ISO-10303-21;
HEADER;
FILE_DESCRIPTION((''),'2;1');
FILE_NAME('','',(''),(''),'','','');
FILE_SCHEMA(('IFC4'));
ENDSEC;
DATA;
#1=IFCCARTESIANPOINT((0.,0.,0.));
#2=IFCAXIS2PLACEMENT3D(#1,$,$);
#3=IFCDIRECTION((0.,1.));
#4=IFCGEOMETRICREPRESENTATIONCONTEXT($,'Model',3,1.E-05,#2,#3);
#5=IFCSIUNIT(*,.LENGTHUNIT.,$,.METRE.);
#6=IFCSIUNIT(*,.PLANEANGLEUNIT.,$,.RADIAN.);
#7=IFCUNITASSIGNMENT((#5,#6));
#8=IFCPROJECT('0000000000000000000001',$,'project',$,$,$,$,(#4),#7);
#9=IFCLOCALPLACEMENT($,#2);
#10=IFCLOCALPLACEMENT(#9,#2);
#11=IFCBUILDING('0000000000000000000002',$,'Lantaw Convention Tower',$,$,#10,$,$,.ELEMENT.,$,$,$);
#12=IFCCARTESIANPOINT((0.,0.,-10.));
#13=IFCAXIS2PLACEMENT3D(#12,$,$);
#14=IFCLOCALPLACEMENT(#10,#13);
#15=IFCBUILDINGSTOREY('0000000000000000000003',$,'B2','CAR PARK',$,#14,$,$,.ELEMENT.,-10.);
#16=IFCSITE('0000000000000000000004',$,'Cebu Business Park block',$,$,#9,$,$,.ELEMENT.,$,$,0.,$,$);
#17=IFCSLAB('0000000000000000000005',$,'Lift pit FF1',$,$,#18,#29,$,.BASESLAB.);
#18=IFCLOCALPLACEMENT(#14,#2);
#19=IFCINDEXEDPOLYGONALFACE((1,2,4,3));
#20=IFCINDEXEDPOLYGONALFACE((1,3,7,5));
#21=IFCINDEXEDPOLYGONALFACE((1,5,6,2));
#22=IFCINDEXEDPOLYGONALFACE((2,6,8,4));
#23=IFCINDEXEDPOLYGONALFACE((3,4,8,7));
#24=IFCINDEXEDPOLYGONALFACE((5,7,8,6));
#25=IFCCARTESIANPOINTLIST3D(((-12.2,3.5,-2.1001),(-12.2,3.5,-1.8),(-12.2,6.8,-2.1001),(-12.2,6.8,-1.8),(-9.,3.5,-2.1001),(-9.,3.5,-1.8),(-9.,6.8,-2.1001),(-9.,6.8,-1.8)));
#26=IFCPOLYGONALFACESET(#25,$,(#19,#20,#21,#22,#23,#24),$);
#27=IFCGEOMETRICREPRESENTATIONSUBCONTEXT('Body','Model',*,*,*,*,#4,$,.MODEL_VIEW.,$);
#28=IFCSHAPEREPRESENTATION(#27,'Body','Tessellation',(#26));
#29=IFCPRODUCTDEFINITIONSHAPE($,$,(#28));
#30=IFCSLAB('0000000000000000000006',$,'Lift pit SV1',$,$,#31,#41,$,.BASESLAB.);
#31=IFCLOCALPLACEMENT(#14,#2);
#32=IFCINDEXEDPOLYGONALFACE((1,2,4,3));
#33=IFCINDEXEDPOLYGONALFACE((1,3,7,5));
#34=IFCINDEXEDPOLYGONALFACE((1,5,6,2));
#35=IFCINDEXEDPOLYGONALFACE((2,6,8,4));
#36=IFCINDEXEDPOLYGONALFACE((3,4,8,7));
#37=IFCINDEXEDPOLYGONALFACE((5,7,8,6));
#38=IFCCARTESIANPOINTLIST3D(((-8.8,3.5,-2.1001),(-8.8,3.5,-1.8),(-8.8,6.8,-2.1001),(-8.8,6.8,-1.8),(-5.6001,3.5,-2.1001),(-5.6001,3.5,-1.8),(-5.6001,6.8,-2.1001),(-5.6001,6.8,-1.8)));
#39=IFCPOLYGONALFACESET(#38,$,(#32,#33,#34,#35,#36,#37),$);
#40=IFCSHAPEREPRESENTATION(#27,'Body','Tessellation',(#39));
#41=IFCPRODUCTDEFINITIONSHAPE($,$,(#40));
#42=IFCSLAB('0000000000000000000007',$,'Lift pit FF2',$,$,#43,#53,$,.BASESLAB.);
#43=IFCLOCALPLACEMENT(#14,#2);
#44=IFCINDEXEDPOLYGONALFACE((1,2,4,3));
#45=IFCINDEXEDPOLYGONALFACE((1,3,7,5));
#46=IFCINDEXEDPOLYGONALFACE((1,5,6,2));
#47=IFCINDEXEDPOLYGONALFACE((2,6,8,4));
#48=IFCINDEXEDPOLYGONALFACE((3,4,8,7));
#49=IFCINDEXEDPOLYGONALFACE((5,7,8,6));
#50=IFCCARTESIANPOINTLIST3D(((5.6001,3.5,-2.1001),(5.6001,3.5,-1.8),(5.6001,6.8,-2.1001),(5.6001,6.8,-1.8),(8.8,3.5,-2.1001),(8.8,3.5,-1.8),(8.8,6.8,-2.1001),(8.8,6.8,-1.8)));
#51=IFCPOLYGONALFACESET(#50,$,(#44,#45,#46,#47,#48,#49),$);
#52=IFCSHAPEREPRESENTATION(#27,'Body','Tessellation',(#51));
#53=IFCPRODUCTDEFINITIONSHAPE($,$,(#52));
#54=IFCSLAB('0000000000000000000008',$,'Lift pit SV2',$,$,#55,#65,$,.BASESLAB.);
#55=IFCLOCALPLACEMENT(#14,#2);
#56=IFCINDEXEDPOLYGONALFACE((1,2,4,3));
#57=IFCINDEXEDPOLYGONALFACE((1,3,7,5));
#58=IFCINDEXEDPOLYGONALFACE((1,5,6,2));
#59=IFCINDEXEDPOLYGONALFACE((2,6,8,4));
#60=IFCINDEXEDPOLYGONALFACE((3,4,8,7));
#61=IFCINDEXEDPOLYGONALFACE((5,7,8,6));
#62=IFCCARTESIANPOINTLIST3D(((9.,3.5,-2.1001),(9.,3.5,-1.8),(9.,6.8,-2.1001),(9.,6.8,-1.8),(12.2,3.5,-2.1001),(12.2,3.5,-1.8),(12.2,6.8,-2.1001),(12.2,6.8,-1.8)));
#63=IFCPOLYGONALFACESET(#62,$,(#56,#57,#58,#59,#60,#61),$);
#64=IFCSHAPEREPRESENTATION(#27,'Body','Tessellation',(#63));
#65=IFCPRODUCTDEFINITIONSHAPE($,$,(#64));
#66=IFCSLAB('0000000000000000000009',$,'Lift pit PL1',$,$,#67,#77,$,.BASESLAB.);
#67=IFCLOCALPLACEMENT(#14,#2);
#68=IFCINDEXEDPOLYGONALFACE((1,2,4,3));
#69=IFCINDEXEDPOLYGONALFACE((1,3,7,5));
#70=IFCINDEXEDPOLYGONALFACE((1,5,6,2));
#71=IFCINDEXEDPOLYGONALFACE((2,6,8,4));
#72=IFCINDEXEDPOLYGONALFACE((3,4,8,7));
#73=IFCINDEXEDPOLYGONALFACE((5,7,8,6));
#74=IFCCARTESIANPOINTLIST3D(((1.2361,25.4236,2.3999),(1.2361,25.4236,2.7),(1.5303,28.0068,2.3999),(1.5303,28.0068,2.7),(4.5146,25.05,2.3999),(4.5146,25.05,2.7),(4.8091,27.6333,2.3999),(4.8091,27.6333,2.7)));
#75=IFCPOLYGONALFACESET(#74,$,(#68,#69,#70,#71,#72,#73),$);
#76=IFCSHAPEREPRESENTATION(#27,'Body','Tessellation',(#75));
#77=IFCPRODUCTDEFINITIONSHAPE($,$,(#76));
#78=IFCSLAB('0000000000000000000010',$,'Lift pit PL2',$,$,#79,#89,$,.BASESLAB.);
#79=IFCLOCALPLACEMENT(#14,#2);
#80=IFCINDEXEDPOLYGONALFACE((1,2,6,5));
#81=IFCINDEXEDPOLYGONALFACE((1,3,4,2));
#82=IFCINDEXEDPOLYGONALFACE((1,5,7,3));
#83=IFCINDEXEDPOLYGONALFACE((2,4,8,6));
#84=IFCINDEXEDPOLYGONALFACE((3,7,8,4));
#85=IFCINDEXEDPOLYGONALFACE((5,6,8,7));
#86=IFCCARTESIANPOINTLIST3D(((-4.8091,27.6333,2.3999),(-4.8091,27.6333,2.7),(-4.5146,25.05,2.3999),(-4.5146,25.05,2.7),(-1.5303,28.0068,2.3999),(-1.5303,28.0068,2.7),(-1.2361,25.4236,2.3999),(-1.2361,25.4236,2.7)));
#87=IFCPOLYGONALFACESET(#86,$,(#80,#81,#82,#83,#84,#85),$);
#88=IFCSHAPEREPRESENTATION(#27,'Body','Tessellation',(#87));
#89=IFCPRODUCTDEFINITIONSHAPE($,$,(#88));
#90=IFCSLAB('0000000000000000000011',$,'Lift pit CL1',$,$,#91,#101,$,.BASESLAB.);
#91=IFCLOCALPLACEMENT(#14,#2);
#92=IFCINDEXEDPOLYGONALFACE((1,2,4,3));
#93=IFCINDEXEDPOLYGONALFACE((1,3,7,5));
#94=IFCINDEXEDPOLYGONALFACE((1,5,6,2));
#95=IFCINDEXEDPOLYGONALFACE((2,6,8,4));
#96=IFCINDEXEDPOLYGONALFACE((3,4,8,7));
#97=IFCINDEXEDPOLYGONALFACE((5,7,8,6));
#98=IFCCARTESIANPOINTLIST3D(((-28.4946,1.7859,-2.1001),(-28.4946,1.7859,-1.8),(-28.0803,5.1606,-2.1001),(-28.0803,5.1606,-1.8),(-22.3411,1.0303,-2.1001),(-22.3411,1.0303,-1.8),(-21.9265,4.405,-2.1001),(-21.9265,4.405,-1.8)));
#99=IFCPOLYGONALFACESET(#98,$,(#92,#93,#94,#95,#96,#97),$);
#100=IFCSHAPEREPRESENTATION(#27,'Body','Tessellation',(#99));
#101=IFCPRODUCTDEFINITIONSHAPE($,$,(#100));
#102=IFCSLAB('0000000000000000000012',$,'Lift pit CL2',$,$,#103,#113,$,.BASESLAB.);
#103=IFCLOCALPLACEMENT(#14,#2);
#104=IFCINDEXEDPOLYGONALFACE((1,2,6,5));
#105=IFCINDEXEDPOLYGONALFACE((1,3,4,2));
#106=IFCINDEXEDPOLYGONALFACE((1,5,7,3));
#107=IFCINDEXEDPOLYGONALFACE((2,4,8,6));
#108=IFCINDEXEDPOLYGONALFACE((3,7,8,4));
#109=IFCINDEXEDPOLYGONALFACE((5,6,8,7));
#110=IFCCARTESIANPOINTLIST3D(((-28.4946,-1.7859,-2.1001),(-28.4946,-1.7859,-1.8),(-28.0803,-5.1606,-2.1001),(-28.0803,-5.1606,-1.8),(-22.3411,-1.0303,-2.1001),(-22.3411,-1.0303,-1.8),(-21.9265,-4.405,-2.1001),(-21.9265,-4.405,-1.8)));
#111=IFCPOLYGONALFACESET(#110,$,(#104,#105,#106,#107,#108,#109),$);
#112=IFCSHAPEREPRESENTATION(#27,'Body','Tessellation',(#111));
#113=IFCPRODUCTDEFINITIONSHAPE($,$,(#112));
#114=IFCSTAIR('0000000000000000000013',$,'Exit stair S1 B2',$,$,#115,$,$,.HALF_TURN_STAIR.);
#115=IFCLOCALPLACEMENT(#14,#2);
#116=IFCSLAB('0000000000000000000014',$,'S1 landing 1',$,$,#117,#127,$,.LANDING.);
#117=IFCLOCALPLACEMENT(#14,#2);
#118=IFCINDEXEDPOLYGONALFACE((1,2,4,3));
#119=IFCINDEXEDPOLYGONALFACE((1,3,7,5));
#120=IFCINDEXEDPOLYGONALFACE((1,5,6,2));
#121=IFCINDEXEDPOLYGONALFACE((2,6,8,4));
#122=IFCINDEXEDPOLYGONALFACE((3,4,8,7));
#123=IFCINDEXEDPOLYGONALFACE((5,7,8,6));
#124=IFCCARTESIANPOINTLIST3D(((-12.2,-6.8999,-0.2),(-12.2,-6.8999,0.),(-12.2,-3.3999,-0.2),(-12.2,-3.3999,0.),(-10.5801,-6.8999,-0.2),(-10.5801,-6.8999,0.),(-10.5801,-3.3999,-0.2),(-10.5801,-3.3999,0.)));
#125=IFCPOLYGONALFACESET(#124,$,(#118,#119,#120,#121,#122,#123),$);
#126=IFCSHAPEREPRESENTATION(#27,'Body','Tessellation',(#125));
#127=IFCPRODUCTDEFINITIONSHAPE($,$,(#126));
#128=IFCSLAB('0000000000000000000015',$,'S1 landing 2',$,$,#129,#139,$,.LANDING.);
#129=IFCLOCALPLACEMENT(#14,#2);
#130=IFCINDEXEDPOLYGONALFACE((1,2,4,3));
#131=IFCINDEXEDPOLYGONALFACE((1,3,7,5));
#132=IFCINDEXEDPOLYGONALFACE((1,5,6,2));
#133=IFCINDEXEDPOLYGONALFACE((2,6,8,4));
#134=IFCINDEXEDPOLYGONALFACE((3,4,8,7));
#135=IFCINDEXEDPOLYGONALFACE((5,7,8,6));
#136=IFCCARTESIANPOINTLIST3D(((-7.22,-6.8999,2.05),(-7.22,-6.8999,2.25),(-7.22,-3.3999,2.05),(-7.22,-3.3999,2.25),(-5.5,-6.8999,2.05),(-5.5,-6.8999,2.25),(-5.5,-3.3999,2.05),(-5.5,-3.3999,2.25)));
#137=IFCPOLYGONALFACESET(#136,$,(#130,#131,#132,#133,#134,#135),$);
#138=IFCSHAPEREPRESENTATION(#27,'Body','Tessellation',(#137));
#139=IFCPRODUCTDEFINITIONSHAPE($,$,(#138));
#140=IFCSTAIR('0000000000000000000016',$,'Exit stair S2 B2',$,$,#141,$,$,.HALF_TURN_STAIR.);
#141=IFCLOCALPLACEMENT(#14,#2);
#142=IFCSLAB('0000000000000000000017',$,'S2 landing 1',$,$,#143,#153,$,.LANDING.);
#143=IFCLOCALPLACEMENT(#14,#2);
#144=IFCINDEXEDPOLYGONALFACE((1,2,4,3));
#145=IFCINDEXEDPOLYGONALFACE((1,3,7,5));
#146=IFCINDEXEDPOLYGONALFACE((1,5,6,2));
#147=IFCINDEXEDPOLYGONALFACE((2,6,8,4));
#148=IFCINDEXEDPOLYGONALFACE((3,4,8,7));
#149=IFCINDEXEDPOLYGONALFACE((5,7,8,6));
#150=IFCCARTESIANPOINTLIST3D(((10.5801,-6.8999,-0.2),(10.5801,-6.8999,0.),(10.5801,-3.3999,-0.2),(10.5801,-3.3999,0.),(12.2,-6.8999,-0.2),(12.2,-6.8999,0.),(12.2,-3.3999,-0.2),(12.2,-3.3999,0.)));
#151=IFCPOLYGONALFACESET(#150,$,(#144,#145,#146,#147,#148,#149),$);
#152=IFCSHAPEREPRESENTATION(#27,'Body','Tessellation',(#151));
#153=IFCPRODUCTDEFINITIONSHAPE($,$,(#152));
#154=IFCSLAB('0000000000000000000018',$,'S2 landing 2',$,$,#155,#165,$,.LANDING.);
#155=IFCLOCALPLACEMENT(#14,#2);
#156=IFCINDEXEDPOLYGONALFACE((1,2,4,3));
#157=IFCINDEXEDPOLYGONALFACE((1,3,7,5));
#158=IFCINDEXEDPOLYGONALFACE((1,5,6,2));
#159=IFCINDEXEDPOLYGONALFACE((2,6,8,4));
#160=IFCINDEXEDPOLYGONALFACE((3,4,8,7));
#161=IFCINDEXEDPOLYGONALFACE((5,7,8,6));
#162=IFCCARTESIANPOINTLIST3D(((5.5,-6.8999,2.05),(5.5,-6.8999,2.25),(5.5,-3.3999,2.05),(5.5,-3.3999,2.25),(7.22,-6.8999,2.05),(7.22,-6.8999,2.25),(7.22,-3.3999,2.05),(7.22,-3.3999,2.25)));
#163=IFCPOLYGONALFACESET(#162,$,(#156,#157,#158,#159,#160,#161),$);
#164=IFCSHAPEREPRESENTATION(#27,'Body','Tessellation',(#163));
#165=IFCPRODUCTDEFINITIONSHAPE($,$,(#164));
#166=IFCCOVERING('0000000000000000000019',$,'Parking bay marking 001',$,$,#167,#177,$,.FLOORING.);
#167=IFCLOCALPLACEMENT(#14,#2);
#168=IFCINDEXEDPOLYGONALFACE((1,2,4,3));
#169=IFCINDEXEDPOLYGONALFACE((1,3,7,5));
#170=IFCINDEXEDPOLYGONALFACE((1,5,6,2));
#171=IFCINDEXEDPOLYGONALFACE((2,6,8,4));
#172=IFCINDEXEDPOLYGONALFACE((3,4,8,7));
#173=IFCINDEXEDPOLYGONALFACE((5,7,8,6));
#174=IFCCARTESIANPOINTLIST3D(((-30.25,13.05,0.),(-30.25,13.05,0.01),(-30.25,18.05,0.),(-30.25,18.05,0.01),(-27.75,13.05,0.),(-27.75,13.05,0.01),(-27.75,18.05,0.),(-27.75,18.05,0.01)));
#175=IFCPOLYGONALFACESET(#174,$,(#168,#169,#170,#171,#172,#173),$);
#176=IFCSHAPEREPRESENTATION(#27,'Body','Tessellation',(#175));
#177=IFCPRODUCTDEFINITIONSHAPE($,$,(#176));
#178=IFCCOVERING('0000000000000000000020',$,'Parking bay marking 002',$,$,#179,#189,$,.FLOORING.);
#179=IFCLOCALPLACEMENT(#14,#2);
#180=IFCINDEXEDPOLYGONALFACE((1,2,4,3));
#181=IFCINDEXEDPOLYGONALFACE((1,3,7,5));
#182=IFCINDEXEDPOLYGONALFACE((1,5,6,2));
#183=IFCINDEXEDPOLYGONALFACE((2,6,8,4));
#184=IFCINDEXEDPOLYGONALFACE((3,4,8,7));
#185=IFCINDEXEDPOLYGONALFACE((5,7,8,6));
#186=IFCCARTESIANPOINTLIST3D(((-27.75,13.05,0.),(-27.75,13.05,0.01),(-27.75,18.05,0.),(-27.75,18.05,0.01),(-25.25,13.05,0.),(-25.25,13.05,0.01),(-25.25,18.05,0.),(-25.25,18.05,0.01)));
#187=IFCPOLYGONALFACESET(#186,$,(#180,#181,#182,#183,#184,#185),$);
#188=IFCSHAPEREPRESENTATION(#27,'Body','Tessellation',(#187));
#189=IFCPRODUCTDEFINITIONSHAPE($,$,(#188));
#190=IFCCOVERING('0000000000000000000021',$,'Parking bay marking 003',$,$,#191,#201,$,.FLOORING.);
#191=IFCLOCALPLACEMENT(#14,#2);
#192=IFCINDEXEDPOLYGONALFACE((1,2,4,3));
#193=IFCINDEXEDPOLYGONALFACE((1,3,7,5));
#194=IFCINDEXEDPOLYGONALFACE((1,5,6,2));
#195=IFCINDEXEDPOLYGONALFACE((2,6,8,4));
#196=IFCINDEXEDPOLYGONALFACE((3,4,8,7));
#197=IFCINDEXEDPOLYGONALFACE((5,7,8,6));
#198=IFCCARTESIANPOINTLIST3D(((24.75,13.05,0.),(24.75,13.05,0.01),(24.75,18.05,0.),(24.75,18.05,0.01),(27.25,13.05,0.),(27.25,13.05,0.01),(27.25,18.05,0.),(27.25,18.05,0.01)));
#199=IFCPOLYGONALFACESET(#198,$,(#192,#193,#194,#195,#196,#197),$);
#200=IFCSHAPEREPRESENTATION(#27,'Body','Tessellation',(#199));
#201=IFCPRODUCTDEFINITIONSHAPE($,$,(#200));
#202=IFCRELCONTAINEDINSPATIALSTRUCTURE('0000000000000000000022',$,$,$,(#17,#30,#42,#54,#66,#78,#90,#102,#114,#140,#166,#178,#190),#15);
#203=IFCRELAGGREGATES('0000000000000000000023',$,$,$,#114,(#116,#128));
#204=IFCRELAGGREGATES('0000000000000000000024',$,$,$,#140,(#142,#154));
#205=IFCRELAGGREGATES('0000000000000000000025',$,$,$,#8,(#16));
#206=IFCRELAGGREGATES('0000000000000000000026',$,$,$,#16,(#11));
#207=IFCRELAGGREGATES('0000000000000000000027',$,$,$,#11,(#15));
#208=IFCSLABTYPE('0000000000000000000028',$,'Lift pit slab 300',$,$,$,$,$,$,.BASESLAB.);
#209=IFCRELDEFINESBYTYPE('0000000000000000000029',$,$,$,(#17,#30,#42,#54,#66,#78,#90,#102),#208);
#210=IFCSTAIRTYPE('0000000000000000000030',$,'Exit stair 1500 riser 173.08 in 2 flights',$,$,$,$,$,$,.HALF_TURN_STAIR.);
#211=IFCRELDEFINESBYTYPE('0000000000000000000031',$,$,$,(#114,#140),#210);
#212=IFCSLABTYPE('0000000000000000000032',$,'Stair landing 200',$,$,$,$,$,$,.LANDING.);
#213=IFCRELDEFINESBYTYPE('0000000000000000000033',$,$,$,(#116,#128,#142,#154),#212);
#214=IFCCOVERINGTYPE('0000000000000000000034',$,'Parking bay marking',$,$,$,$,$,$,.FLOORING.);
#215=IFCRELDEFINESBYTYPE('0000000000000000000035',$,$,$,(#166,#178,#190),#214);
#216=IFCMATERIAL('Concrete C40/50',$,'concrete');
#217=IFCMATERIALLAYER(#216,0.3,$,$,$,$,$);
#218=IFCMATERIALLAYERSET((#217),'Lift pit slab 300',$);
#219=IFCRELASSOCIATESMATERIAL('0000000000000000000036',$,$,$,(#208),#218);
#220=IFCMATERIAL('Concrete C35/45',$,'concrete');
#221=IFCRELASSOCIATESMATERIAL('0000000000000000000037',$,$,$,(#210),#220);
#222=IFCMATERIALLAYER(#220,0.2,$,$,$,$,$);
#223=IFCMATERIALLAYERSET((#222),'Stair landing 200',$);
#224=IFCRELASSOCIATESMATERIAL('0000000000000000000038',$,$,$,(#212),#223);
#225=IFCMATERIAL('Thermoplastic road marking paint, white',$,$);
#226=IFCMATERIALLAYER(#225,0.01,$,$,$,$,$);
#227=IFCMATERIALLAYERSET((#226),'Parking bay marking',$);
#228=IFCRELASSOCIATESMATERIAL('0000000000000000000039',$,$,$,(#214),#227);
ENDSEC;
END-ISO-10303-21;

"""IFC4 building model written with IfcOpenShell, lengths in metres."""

from ifc_helpers import new_model, si_unit, direction, frame, origin, place, context, subcontext, project, spatial, polyline, outline, extrude, material, layer, layer_set, type_object, element, aggregate, save


model = new_model("IFC4")

# Units and contexts
model_context = context("Model", 3, precision=1e-05, world=origin(), true_north=direction((0.0, 1.0)))
body_context = subcontext(model_context, "Body", "Model", "MODEL_VIEW")
ifc_project = project(units=[si_unit("LENGTHUNIT", "METRE"), si_unit("PLANEANGLEUNIT", "RADIAN")], contexts=[model_context])

# Site, building, storey
site_placement = place(None, origin())
site = spatial("IfcSite", under=ifc_project, at=site_placement, Name="Cebu Business Park block", CompositionType="ELEMENT", RefElevation=0.0)
building_placement = place(site_placement, origin())
building = spatial("IfcBuilding", under=site, at=building_placement, Name="Lantaw Convention Tower", CompositionType="ELEMENT")
storey_placement = place(building_placement, frame((0.0, 0.0, -10.0)))
storey = spatial("IfcBuildingStorey", under=building, at=storey_placement, Name="B2", Description="CAR PARK", CompositionType="ELEMENT", Elevation=-10.0)

# Slabs
ifc_material_1 = material(Name="Concrete C40/50", Category="concrete")
ifc_layer_1 = layer(ifc_material_1, 0.3)
ifc_layer_set_1 = layer_set([ifc_layer_1], Name="Lift pit slab 300")
slab_type_1 = type_object("IfcSlabType", Name="Lift pit slab 300", PredefinedType="BASESLAB", material=ifc_layer_set_1)
slab_1_placement = place(storey_placement, frame((0.0, 0.0, -2.1001)))
element("IfcSlab", 1, at=slab_1_placement, inside=storey, type_object=slab_type_1, Name="Lift pit FF1", PredefinedType="BASESLAB", context=body_context, shape_type="SweptSolid", body=[
    extrude(outline(polyline([(-12.2, 3.5), (-9.0, 3.5), (-9.0, 6.8), (-12.2, 6.8), (-12.2, 3.5)])), origin(), (0.0, 0.0, 1.0), 0.3),
])
slab_2_placement = place(storey_placement, frame((0.0, 0.0, -2.1001)))
element("IfcSlab", 2, at=slab_2_placement, inside=storey, type_object=slab_type_1, Name="Lift pit SV1", PredefinedType="BASESLAB", context=body_context, shape_type="SweptSolid", body=[
    extrude(outline(polyline([(-8.8, 3.5), (-5.6001, 3.5), (-5.6001, 6.8), (-8.8, 6.8), (-8.8, 3.5)])), origin(), (0.0, 0.0, 1.0), 0.3),
])
slab_3_placement = place(storey_placement, frame((0.0, 0.0, -2.1001)))
element("IfcSlab", 3, at=slab_3_placement, inside=storey, type_object=slab_type_1, Name="Lift pit FF2", PredefinedType="BASESLAB", context=body_context, shape_type="SweptSolid", body=[
    extrude(outline(polyline([(5.6001, 3.5), (8.8, 3.5), (8.8, 6.8), (5.6001, 6.8), (5.6001, 3.5)])), origin(), (0.0, 0.0, 1.0), 0.3),
])
slab_4_placement = place(storey_placement, frame((0.0, 0.0, -2.1001)))
element("IfcSlab", 4, at=slab_4_placement, inside=storey, type_object=slab_type_1, Name="Lift pit SV2", PredefinedType="BASESLAB", context=body_context, shape_type="SweptSolid", body=[
    extrude(outline(polyline([(9.0, 3.5), (12.2, 3.5), (12.2, 6.8), (9.0, 6.8), (9.0, 3.5)])), origin(), (0.0, 0.0, 1.0), 0.3),
])
slab_5_placement = place(storey_placement, frame((0.0, 0.0, 2.3999)))
element("IfcSlab", 5, at=slab_5_placement, inside=storey, type_object=slab_type_1, Name="Lift pit PL1", PredefinedType="BASESLAB", context=body_context, shape_type="SweptSolid", body=[
    extrude(outline(polyline([(4.5146, 25.05), (4.8091, 27.6333), (1.5303, 28.0068), (1.2361, 25.4236), (4.5146, 25.05)])), origin(), (0.0, 0.0, 1.0), 0.3),
])
slab_6_placement = place(storey_placement, frame((0.0, 0.0, 2.3999)))
element("IfcSlab", 6, at=slab_6_placement, inside=storey, type_object=slab_type_1, Name="Lift pit PL2", PredefinedType="BASESLAB", context=body_context, shape_type="SweptSolid", body=[
    extrude(outline(polyline([(-1.2361, 25.4236), (-1.5303, 28.0068), (-4.8091, 27.6333), (-4.5146, 25.05), (-1.2361, 25.4236)])), origin(), (0.0, 0.0, 1.0), 0.3),
])
slab_7_placement = place(storey_placement, frame((0.0, 0.0, -2.1001)))
element("IfcSlab", 7, at=slab_7_placement, inside=storey, type_object=slab_type_1, Name="Lift pit CL1", PredefinedType="BASESLAB", context=body_context, shape_type="SweptSolid", body=[
    extrude(outline(polyline([(-21.9265, 4.405), (-28.0803, 5.1606), (-28.4946, 1.7859), (-22.3411, 1.0303), (-21.9265, 4.405)])), origin(), (0.0, 0.0, 1.0), 0.3),
])
slab_8_placement = place(storey_placement, frame((0.0, 0.0, -2.1001)))
element("IfcSlab", 8, at=slab_8_placement, inside=storey, type_object=slab_type_1, Name="Lift pit CL2", PredefinedType="BASESLAB", context=body_context, shape_type="SweptSolid", body=[
    extrude(outline(polyline([(-22.3411, -1.0303), (-28.4946, -1.7859), (-28.0803, -5.1606), (-21.9265, -4.405), (-22.3411, -1.0303)])), origin(), (0.0, 0.0, 1.0), 0.3),
])

# Stairs, slabs
ifc_material_2 = material(Name="Concrete C35/45", Category="concrete")
stair_type = type_object("IfcStairType", Name="Exit stair 1500 riser 173.08 in 2 flights", PredefinedType="HALF_TURN_STAIR", material=ifc_material_2)
stair_1_placement = place(storey_placement, origin())
stair_1 = element("IfcStair", 9, at=stair_1_placement, inside=storey, type_object=stair_type, Name="Exit stair S1 B2", PredefinedType="HALF_TURN_STAIR")
ifc_layer_2 = layer(ifc_material_2, 0.2)
ifc_layer_set_2 = layer_set([ifc_layer_2], Name="Stair landing 200")
slab_type_2 = type_object("IfcSlabType", Name="Stair landing 200", PredefinedType="LANDING", material=ifc_layer_set_2)
slab_9_placement = place(storey_placement, frame((0.0, 0.0, -0.2)))
slab_9 = element("IfcSlab", 10, at=slab_9_placement, type_object=slab_type_2, Name="S1 landing 1", PredefinedType="LANDING", context=body_context, shape_type="SweptSolid", body=[
    extrude(outline(polyline([(-12.2, -6.8999), (-10.5801, -6.8999), (-10.5801, -3.3999), (-12.2, -3.3999), (-12.2, -6.8999)])), origin(), (0.0, 0.0, 1.0), 0.2),
])
slab_10_placement = place(storey_placement, frame((0.0, 0.0, 2.05)))
slab_10 = element("IfcSlab", 11, at=slab_10_placement, type_object=slab_type_2, Name="S1 landing 2", PredefinedType="LANDING", context=body_context, shape_type="SweptSolid", body=[
    extrude(outline(polyline([(-7.22, -6.8999), (-5.5, -6.8999), (-5.5, -3.3999), (-7.22, -3.3999), (-7.22, -6.8999)])), origin(), (0.0, 0.0, 1.0), 0.2),
])
aggregate(stair_1, [slab_9, slab_10])
stair_2_placement = place(storey_placement, origin())
stair_2 = element("IfcStair", 12, at=stair_2_placement, inside=storey, type_object=stair_type, Name="Exit stair S2 B2", PredefinedType="HALF_TURN_STAIR")
slab_11_placement = place(storey_placement, frame((0.0, 0.0, -0.2)))
slab_11 = element("IfcSlab", 13, at=slab_11_placement, type_object=slab_type_2, Name="S2 landing 1", PredefinedType="LANDING", context=body_context, shape_type="SweptSolid", body=[
    extrude(outline(polyline([(10.5801, -6.8999), (12.2, -6.8999), (12.2, -3.3999), (10.5801, -3.3999), (10.5801, -6.8999)])), origin(), (0.0, 0.0, 1.0), 0.2),
])
slab_12_placement = place(storey_placement, frame((0.0, 0.0, 2.05)))
slab_12 = element("IfcSlab", 14, at=slab_12_placement, type_object=slab_type_2, Name="S2 landing 2", PredefinedType="LANDING", context=body_context, shape_type="SweptSolid", body=[
    extrude(outline(polyline([(5.5, -6.8999), (7.22, -6.8999), (7.22, -3.3999), (5.5, -3.3999), (5.5, -6.8999)])), origin(), (0.0, 0.0, 1.0), 0.2),
])
aggregate(stair_2, [slab_11, slab_12])

# Coverings
ifc_material_3 = material(Name="Thermoplastic road marking paint, white")
ifc_layer_3 = layer(ifc_material_3, 0.01)
ifc_layer_set_3 = layer_set([ifc_layer_3], Name="Parking bay marking")
covering_type = type_object("IfcCoveringType", Name="Parking bay marking", PredefinedType="FLOORING", material=ifc_layer_set_3)
covering_1_placement = place(storey_placement, origin())
element("IfcCovering", 15, at=covering_1_placement, inside=storey, type_object=covering_type, Name="Parking bay marking 001", PredefinedType="FLOORING", context=body_context, shape_type="SweptSolid", body=[
    extrude(outline(polyline([(-30.25, 13.05), (-27.75, 13.05), (-27.75, 18.05), (-30.25, 18.05), (-30.25, 13.05)])), origin(), (0.0, 0.0, 1.0), 0.01),
])
covering_2_placement = place(storey_placement, origin())
element("IfcCovering", 16, at=covering_2_placement, inside=storey, type_object=covering_type, Name="Parking bay marking 002", PredefinedType="FLOORING", context=body_context, shape_type="SweptSolid", body=[
    extrude(outline(polyline([(-27.75, 13.05), (-25.25, 13.05), (-25.25, 18.05), (-27.75, 18.05), (-27.75, 13.05)])), origin(), (0.0, 0.0, 1.0), 0.01),
])
covering_3_placement = place(storey_placement, origin())
element("IfcCovering", 17, at=covering_3_placement, inside=storey, type_object=covering_type, Name="Parking bay marking 003", PredefinedType="FLOORING", context=body_context, shape_type="SweptSolid", body=[
    extrude(outline(polyline([(24.75, 13.05), (27.25, 13.05), (27.25, 18.05), (24.75, 18.05), (24.75, 13.05)])), origin(), (0.0, 0.0, 1.0), 0.01),
])

save(model, "model.ifc")
